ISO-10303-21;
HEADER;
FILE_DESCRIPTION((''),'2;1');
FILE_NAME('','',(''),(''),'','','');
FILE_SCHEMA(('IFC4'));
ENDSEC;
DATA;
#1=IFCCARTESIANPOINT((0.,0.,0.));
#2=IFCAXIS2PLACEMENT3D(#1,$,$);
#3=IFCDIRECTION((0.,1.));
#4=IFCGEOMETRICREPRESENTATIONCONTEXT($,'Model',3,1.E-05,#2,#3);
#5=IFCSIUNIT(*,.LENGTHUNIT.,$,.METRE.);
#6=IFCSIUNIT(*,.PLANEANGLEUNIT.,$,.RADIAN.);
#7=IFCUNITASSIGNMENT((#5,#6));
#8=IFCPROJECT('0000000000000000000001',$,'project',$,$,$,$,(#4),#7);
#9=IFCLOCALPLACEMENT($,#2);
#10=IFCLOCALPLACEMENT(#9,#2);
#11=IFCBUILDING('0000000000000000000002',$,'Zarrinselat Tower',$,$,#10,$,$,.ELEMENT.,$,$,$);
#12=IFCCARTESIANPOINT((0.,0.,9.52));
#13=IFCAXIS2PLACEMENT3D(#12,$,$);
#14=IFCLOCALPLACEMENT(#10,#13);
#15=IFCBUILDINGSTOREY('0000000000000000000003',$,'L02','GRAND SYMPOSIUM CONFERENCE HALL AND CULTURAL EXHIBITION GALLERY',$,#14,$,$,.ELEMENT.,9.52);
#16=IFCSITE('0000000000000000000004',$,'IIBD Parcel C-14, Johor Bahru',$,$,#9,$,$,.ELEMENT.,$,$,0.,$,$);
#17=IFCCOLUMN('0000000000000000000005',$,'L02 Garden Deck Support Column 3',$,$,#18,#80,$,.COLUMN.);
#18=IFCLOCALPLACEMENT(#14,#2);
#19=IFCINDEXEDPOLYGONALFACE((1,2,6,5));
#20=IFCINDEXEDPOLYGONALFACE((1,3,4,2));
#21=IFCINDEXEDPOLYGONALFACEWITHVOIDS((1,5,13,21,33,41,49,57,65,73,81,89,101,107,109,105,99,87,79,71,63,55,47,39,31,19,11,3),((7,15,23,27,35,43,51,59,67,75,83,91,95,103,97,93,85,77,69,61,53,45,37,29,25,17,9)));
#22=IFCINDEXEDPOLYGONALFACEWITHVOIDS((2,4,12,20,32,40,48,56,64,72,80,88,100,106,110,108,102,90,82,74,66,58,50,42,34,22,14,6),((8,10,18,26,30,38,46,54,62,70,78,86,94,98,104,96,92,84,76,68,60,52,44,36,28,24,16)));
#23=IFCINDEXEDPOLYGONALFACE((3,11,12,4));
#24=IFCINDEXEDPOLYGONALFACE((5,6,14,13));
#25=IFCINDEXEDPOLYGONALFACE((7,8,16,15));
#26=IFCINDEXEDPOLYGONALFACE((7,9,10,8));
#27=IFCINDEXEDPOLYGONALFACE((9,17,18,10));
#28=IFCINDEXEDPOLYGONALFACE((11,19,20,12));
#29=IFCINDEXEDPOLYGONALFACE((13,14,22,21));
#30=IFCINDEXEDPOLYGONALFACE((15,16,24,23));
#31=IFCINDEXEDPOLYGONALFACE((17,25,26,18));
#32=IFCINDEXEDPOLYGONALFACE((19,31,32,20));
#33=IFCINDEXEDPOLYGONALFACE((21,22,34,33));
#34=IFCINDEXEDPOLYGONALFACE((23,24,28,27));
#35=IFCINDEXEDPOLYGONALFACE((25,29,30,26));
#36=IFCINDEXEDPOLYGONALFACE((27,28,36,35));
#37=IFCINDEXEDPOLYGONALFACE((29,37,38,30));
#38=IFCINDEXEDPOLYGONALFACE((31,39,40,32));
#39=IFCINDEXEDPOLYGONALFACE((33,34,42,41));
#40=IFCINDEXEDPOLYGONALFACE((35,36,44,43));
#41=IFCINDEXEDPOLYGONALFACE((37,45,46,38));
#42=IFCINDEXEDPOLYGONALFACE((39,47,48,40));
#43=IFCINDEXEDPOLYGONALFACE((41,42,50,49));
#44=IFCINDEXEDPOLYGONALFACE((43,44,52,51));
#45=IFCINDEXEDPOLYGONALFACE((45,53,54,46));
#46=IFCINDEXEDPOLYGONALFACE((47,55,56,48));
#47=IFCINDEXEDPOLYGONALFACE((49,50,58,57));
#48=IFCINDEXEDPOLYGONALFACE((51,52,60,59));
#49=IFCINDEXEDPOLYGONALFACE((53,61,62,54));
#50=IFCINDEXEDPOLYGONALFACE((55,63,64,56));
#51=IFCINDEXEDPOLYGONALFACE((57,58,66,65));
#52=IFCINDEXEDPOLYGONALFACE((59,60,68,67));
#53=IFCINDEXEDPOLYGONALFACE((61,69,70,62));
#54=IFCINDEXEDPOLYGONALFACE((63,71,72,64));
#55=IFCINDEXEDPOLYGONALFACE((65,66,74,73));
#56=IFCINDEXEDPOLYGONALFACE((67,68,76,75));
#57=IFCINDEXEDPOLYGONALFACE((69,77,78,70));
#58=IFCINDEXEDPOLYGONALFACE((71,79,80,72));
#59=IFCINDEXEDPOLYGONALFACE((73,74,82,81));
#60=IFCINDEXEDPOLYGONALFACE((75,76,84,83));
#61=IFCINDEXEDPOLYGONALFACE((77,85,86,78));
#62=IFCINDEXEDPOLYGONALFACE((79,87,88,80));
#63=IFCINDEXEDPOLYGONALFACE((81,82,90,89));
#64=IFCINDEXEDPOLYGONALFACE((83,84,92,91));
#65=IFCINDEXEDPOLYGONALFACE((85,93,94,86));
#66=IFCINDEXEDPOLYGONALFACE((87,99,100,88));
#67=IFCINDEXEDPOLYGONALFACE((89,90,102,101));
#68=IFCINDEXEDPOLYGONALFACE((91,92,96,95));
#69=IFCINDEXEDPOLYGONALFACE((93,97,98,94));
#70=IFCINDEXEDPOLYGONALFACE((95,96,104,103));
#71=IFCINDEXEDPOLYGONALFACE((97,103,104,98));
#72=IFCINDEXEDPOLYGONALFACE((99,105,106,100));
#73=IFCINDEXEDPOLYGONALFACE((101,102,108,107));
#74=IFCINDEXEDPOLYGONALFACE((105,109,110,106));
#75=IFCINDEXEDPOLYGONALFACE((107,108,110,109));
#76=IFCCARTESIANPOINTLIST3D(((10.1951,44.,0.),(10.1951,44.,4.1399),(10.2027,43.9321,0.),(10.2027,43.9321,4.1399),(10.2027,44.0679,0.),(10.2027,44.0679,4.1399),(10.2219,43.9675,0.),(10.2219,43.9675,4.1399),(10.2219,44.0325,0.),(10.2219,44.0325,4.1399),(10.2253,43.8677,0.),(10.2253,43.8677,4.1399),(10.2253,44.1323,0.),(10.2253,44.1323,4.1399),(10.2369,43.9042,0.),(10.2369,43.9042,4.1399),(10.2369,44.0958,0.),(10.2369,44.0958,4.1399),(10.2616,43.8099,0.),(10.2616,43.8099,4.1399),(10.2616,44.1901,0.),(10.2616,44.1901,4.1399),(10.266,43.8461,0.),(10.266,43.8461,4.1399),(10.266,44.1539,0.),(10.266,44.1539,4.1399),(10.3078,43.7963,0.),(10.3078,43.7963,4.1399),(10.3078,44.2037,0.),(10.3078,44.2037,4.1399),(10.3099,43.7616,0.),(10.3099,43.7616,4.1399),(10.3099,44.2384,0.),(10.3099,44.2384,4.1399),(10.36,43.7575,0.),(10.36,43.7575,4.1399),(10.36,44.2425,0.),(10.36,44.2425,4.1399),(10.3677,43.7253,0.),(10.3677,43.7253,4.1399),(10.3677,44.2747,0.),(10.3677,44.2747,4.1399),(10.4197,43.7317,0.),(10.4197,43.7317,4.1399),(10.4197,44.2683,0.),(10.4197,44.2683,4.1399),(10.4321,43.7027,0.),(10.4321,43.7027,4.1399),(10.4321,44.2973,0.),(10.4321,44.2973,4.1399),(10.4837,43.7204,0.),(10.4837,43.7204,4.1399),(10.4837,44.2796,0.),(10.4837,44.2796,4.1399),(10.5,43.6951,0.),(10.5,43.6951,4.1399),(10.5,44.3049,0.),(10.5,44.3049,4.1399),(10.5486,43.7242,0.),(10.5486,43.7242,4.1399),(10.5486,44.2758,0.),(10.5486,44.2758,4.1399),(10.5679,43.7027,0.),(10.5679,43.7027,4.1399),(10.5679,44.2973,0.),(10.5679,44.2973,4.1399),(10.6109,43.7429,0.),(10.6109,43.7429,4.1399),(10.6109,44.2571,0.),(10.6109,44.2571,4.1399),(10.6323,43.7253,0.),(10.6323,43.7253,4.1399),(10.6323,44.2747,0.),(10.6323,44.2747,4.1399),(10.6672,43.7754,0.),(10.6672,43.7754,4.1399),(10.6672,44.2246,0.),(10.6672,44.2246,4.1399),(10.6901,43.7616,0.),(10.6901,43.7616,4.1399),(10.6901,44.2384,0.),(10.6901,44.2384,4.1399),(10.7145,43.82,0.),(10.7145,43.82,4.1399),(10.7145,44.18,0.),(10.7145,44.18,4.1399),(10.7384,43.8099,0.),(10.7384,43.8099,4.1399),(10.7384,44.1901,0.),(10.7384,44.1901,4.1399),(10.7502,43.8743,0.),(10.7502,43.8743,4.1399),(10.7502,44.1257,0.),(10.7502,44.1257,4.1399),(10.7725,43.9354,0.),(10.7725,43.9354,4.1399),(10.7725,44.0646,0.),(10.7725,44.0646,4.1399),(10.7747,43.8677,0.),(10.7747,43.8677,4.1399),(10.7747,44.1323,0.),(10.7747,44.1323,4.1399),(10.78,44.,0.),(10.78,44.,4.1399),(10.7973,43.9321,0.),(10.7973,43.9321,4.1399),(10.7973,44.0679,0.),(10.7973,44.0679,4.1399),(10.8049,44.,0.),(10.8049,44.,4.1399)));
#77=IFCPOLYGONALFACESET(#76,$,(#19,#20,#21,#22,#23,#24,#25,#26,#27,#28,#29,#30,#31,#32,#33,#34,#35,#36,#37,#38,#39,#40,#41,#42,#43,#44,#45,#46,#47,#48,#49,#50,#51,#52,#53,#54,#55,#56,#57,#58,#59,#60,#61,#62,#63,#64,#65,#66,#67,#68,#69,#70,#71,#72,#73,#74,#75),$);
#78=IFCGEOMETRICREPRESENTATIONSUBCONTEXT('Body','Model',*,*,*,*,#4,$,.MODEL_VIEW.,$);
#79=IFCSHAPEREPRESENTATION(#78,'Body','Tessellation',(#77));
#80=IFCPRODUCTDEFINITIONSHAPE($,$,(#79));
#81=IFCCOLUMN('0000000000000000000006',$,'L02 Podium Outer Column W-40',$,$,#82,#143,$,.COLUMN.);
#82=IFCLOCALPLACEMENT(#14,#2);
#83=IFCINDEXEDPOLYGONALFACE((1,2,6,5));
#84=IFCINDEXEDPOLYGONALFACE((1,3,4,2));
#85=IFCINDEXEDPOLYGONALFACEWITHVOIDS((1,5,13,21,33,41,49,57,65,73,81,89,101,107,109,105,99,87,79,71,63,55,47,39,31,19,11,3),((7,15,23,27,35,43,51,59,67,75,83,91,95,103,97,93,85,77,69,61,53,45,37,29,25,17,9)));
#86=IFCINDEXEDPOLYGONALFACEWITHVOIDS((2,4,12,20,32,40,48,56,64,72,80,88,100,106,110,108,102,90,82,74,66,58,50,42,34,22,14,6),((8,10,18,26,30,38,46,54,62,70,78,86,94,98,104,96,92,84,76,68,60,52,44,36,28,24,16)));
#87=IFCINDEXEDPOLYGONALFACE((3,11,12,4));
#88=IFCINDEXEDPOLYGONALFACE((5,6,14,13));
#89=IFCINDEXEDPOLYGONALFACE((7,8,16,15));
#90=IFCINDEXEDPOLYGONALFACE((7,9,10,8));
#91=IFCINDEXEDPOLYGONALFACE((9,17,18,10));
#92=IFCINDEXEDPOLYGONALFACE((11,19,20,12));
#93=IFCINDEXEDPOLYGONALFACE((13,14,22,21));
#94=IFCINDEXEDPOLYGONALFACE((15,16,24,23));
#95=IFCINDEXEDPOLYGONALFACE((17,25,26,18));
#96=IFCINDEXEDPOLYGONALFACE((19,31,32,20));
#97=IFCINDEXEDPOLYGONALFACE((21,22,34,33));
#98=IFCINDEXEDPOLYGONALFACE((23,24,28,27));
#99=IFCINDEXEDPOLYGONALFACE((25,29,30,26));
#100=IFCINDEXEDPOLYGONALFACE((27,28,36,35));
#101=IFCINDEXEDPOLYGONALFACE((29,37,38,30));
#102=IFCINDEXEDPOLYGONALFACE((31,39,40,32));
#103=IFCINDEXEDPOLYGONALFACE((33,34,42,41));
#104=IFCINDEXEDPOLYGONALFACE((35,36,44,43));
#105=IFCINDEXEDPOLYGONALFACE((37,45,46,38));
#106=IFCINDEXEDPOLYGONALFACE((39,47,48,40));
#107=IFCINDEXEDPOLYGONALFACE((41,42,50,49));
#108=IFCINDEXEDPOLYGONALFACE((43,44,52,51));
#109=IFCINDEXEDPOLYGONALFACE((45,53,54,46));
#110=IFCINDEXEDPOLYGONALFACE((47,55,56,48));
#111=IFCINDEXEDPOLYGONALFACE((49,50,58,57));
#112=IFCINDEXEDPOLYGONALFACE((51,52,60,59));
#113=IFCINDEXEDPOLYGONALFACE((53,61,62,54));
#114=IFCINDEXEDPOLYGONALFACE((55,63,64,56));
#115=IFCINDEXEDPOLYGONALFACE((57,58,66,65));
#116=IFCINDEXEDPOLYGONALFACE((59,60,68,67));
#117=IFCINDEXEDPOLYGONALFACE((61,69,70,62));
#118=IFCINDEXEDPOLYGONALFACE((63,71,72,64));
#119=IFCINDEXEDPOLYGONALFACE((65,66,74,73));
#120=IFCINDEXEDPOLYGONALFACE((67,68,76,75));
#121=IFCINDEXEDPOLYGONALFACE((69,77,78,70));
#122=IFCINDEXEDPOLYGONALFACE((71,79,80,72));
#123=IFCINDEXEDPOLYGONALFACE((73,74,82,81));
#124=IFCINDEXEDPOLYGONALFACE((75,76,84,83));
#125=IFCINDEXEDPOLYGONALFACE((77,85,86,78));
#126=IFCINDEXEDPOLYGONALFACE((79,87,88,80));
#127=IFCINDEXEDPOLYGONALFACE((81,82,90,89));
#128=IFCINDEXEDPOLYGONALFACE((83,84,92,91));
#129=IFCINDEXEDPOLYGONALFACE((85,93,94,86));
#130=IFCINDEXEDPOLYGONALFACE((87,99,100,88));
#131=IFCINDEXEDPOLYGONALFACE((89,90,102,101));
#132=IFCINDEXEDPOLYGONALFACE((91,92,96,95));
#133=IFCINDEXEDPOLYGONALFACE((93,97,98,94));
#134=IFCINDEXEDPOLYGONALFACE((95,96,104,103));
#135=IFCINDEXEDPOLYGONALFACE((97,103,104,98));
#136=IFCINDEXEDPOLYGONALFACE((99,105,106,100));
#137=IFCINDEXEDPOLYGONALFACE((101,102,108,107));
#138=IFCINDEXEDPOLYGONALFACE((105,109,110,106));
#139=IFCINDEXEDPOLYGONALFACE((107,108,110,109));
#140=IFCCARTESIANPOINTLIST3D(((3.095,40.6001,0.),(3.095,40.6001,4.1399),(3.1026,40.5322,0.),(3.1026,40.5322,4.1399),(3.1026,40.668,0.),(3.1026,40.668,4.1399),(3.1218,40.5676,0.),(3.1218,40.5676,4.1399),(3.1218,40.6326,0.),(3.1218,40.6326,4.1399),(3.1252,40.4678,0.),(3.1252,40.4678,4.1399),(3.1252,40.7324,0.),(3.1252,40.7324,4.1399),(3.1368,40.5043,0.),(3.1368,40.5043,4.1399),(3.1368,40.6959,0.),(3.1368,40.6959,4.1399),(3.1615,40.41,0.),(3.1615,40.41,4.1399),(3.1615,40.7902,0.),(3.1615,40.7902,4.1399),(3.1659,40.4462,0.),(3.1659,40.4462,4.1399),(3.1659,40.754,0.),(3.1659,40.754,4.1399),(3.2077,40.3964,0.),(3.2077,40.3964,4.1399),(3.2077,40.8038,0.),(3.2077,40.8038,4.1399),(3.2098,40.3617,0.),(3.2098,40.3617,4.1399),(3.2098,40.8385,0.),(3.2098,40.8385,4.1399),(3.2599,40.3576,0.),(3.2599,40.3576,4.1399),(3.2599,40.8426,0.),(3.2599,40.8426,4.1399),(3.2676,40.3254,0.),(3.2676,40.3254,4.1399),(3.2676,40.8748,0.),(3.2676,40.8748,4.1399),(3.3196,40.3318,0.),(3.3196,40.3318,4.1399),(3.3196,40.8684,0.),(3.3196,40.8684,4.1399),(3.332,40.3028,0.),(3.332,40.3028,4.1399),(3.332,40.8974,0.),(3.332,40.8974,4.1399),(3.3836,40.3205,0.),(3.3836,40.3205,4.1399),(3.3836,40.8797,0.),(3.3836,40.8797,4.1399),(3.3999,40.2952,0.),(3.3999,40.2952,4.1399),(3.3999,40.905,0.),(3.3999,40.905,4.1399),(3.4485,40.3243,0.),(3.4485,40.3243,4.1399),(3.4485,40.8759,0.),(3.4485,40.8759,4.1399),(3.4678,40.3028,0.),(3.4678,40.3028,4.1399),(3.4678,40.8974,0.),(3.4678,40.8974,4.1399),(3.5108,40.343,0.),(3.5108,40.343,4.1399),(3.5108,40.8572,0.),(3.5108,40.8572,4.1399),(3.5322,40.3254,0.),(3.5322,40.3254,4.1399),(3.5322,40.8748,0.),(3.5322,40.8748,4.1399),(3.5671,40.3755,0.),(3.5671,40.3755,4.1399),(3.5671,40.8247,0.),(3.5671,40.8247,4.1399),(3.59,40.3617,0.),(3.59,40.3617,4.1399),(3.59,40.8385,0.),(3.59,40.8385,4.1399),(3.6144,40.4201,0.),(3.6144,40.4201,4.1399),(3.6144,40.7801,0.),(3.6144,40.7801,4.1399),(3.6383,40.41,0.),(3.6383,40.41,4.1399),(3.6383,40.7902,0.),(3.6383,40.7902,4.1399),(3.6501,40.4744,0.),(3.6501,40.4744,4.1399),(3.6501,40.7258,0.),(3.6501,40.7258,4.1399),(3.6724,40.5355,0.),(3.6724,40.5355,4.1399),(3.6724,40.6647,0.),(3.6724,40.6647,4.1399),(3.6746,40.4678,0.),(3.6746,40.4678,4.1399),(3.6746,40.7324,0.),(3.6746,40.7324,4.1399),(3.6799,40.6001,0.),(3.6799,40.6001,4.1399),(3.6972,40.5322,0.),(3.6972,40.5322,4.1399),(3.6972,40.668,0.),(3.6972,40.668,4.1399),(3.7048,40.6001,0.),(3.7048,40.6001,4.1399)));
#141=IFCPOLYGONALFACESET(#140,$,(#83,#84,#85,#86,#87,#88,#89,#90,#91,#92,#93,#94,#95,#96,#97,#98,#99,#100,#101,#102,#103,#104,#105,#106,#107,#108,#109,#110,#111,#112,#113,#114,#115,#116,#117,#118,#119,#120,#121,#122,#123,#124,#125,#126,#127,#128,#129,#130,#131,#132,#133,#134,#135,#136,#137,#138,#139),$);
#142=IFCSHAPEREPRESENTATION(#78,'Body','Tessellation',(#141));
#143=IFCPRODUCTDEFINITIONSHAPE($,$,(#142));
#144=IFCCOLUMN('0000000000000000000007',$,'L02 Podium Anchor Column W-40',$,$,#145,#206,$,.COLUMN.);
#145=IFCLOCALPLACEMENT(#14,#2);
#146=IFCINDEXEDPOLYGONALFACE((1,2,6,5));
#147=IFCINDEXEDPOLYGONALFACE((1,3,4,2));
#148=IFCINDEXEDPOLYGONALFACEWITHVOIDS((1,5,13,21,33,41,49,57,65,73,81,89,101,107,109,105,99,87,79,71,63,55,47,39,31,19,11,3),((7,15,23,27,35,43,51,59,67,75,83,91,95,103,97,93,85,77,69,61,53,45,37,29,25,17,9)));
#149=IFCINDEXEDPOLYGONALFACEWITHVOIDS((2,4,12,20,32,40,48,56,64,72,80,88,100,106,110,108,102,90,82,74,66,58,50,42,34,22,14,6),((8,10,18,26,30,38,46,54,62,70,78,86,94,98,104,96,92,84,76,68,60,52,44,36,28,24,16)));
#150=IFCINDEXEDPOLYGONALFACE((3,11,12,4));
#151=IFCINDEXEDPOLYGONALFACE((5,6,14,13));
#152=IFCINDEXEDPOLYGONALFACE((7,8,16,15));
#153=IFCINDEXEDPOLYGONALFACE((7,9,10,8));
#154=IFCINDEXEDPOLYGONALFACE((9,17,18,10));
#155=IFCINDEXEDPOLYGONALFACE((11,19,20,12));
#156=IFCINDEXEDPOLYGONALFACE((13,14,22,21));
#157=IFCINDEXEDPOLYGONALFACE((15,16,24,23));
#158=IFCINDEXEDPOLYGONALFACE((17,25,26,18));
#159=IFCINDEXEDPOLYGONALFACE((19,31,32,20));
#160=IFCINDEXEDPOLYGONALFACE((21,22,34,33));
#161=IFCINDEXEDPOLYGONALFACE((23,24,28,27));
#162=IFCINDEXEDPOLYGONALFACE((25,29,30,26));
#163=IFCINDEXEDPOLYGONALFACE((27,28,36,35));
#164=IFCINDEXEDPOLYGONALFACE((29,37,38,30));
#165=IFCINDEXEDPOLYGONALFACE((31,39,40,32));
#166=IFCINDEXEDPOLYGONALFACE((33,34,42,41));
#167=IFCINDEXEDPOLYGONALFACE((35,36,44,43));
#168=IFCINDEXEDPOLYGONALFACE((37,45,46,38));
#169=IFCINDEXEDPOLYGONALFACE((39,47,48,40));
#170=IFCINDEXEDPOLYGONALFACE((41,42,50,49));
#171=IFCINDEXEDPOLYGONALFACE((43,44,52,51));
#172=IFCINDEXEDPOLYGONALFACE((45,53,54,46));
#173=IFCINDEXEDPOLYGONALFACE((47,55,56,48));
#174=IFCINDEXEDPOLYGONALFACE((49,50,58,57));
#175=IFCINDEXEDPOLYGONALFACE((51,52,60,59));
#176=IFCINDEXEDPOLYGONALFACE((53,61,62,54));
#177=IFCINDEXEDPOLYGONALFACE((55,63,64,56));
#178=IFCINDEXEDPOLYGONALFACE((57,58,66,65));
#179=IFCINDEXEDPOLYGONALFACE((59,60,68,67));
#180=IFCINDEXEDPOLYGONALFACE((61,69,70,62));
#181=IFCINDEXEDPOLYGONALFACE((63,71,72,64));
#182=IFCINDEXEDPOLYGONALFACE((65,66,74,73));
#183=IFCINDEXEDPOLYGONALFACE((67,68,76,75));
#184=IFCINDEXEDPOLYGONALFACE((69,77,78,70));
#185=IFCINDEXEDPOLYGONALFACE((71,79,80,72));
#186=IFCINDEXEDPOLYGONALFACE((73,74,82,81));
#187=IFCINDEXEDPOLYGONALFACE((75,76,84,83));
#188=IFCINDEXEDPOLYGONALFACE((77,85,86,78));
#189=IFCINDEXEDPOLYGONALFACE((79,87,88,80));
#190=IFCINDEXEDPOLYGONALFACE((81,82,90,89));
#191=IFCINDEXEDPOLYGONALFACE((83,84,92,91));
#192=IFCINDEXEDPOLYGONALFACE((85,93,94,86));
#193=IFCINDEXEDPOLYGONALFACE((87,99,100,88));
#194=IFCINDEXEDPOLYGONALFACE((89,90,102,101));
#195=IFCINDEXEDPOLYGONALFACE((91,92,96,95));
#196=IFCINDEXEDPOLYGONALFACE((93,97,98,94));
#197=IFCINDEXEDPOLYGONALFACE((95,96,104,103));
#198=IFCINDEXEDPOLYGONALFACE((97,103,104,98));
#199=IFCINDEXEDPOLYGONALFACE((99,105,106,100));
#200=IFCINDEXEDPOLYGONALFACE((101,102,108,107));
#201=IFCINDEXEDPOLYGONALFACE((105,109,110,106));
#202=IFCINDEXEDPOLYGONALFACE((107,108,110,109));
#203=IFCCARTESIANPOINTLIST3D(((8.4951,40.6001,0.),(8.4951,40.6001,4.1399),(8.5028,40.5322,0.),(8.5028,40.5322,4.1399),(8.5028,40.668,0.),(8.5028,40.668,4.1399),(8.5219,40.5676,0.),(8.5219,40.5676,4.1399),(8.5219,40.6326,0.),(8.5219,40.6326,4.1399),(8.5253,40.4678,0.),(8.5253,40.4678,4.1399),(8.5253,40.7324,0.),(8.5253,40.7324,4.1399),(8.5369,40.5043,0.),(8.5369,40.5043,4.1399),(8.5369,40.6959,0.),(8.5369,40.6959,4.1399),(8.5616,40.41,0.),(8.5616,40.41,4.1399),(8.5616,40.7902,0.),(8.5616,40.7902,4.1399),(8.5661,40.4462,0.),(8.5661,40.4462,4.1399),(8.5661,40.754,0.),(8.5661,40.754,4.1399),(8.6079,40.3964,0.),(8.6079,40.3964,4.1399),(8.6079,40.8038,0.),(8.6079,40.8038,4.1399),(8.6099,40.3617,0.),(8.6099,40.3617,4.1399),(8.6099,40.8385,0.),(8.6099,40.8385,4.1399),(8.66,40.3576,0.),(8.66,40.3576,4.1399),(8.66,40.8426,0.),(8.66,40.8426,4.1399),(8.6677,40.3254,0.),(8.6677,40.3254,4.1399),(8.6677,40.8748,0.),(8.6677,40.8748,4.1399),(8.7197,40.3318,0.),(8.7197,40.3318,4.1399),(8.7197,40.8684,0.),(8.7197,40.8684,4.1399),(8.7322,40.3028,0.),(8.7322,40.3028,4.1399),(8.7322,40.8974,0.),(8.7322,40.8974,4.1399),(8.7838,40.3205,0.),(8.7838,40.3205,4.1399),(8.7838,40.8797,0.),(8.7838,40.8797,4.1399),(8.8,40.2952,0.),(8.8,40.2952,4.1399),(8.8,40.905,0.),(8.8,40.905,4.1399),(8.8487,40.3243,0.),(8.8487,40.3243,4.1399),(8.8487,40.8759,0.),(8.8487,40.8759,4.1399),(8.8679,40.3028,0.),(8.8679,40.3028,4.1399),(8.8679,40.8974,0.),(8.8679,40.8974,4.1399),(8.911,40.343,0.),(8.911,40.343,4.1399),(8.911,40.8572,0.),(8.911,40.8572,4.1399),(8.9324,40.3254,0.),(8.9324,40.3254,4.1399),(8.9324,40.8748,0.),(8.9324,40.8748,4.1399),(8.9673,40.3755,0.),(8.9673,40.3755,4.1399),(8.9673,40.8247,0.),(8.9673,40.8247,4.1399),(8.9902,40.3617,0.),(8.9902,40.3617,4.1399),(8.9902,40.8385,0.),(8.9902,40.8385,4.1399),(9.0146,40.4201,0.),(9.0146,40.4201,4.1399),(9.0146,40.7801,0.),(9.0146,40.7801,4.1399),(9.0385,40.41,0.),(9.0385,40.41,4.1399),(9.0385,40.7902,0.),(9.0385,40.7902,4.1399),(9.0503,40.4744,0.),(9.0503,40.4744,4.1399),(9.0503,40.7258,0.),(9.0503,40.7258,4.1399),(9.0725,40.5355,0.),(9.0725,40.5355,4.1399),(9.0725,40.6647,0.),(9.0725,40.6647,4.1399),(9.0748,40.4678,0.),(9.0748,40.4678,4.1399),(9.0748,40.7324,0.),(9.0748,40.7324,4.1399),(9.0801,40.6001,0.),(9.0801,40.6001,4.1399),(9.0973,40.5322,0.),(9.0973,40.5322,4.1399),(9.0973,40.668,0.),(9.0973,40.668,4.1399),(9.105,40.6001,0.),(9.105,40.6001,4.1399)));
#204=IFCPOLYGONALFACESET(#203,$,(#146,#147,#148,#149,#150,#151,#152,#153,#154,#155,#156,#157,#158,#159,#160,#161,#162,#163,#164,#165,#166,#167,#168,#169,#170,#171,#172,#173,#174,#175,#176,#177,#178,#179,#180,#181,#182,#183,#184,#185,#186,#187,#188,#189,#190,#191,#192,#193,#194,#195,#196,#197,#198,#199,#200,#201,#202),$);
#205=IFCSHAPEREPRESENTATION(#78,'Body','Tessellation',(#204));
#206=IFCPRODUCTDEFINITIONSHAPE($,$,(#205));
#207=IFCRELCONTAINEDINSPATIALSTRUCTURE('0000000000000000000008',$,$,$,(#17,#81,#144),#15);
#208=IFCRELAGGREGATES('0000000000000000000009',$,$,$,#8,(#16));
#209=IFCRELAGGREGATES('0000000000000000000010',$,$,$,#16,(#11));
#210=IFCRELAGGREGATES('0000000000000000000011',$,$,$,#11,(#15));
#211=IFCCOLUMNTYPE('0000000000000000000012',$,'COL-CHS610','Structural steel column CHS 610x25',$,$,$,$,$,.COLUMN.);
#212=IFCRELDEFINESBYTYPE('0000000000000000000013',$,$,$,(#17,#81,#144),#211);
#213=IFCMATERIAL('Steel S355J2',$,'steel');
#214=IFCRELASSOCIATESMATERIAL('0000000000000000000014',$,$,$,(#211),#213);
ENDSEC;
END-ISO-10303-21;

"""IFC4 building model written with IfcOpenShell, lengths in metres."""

from ifc_helpers import new_model, si_unit, direction, frame, origin, origin_2d, place, context, subcontext, project, spatial, hollow_circle, extrude, material, material_profile, profile_set, type_object, element, save


model = new_model("IFC4")

# Units and contexts
model_context = context("Model", 3, precision=1e-05, world=origin(), true_north=direction((0.0, 1.0)))
body_context = subcontext(model_context, "Body", "Model", "MODEL_VIEW")
ifc_project = project(units=[si_unit("LENGTHUNIT", "METRE"), si_unit("PLANEANGLEUNIT", "RADIAN")], contexts=[model_context])

# Site, building, storey
site_placement = place(None, origin())
site = spatial("IfcSite", under=ifc_project, at=site_placement, Name="IIBD Parcel C-14, Johor Bahru", CompositionType="ELEMENT", RefElevation=0.0)
building_placement = place(site_placement, origin())
building = spatial("IfcBuilding", under=site, at=building_placement, Name="Zarrinselat Tower", CompositionType="ELEMENT")
storey_placement = place(building_placement, frame((0.0, 0.0, 9.52)))
storey = spatial("IfcBuildingStorey", under=building, at=storey_placement, Name="L02", Description="GRAND SYMPOSIUM CONFERENCE HALL AND CULTURAL EXHIBITION GALLERY", CompositionType="ELEMENT", Elevation=9.52)

# Columns
ifc_material_1 = material(Name="Steel S355J2", Category="steel")
ifc_material_profile_1 = material_profile(ifc_material_1, hollow_circle(Radius=0.3049, WallThickness=0.0249, at=origin_2d()), Name="CHS 610x25")
ifc_profile_set_1 = profile_set([ifc_material_profile_1], Name="Steel S355J2")
column_type = type_object("IfcColumnType", Name="COL-CHS610", Description="Structural steel column CHS 610x25", PredefinedType="COLUMN", material=ifc_profile_set_1)
for number, where, z_axis, x_axis, name in (
    (1, (10.5, 44.0, 0.0), (0.0, 0.0, 1.0), (1.0, 0.0, 0.0), "L02 Garden Deck Support Column 3"),
    (2, (3.3999, 40.6001, 0.0), (0.0, 0.0, 1.0), (1.0, 0.0, 0.0), "L02 Podium Outer Column W-40"),
    (3, (8.8, 40.6001, 0.0), (0.0, 0.0, 1.0), (1.0, 0.0, 0.0), "L02 Podium Anchor Column W-40"),
):
    element("IfcColumn", number, at=place(storey_placement, frame(where, z_axis=z_axis, x_axis=x_axis)), inside=storey, type_object=column_type, Name=name, PredefinedType="COLUMN", context=body_context, shape_type="SweptSolid", body=[
        extrude(hollow_circle(Radius=0.3049, WallThickness=0.0249, at=origin_2d()), origin(), (0.0, 0.0, 1.0), 4.1399),
    ])

save(model, "model.ifc")
